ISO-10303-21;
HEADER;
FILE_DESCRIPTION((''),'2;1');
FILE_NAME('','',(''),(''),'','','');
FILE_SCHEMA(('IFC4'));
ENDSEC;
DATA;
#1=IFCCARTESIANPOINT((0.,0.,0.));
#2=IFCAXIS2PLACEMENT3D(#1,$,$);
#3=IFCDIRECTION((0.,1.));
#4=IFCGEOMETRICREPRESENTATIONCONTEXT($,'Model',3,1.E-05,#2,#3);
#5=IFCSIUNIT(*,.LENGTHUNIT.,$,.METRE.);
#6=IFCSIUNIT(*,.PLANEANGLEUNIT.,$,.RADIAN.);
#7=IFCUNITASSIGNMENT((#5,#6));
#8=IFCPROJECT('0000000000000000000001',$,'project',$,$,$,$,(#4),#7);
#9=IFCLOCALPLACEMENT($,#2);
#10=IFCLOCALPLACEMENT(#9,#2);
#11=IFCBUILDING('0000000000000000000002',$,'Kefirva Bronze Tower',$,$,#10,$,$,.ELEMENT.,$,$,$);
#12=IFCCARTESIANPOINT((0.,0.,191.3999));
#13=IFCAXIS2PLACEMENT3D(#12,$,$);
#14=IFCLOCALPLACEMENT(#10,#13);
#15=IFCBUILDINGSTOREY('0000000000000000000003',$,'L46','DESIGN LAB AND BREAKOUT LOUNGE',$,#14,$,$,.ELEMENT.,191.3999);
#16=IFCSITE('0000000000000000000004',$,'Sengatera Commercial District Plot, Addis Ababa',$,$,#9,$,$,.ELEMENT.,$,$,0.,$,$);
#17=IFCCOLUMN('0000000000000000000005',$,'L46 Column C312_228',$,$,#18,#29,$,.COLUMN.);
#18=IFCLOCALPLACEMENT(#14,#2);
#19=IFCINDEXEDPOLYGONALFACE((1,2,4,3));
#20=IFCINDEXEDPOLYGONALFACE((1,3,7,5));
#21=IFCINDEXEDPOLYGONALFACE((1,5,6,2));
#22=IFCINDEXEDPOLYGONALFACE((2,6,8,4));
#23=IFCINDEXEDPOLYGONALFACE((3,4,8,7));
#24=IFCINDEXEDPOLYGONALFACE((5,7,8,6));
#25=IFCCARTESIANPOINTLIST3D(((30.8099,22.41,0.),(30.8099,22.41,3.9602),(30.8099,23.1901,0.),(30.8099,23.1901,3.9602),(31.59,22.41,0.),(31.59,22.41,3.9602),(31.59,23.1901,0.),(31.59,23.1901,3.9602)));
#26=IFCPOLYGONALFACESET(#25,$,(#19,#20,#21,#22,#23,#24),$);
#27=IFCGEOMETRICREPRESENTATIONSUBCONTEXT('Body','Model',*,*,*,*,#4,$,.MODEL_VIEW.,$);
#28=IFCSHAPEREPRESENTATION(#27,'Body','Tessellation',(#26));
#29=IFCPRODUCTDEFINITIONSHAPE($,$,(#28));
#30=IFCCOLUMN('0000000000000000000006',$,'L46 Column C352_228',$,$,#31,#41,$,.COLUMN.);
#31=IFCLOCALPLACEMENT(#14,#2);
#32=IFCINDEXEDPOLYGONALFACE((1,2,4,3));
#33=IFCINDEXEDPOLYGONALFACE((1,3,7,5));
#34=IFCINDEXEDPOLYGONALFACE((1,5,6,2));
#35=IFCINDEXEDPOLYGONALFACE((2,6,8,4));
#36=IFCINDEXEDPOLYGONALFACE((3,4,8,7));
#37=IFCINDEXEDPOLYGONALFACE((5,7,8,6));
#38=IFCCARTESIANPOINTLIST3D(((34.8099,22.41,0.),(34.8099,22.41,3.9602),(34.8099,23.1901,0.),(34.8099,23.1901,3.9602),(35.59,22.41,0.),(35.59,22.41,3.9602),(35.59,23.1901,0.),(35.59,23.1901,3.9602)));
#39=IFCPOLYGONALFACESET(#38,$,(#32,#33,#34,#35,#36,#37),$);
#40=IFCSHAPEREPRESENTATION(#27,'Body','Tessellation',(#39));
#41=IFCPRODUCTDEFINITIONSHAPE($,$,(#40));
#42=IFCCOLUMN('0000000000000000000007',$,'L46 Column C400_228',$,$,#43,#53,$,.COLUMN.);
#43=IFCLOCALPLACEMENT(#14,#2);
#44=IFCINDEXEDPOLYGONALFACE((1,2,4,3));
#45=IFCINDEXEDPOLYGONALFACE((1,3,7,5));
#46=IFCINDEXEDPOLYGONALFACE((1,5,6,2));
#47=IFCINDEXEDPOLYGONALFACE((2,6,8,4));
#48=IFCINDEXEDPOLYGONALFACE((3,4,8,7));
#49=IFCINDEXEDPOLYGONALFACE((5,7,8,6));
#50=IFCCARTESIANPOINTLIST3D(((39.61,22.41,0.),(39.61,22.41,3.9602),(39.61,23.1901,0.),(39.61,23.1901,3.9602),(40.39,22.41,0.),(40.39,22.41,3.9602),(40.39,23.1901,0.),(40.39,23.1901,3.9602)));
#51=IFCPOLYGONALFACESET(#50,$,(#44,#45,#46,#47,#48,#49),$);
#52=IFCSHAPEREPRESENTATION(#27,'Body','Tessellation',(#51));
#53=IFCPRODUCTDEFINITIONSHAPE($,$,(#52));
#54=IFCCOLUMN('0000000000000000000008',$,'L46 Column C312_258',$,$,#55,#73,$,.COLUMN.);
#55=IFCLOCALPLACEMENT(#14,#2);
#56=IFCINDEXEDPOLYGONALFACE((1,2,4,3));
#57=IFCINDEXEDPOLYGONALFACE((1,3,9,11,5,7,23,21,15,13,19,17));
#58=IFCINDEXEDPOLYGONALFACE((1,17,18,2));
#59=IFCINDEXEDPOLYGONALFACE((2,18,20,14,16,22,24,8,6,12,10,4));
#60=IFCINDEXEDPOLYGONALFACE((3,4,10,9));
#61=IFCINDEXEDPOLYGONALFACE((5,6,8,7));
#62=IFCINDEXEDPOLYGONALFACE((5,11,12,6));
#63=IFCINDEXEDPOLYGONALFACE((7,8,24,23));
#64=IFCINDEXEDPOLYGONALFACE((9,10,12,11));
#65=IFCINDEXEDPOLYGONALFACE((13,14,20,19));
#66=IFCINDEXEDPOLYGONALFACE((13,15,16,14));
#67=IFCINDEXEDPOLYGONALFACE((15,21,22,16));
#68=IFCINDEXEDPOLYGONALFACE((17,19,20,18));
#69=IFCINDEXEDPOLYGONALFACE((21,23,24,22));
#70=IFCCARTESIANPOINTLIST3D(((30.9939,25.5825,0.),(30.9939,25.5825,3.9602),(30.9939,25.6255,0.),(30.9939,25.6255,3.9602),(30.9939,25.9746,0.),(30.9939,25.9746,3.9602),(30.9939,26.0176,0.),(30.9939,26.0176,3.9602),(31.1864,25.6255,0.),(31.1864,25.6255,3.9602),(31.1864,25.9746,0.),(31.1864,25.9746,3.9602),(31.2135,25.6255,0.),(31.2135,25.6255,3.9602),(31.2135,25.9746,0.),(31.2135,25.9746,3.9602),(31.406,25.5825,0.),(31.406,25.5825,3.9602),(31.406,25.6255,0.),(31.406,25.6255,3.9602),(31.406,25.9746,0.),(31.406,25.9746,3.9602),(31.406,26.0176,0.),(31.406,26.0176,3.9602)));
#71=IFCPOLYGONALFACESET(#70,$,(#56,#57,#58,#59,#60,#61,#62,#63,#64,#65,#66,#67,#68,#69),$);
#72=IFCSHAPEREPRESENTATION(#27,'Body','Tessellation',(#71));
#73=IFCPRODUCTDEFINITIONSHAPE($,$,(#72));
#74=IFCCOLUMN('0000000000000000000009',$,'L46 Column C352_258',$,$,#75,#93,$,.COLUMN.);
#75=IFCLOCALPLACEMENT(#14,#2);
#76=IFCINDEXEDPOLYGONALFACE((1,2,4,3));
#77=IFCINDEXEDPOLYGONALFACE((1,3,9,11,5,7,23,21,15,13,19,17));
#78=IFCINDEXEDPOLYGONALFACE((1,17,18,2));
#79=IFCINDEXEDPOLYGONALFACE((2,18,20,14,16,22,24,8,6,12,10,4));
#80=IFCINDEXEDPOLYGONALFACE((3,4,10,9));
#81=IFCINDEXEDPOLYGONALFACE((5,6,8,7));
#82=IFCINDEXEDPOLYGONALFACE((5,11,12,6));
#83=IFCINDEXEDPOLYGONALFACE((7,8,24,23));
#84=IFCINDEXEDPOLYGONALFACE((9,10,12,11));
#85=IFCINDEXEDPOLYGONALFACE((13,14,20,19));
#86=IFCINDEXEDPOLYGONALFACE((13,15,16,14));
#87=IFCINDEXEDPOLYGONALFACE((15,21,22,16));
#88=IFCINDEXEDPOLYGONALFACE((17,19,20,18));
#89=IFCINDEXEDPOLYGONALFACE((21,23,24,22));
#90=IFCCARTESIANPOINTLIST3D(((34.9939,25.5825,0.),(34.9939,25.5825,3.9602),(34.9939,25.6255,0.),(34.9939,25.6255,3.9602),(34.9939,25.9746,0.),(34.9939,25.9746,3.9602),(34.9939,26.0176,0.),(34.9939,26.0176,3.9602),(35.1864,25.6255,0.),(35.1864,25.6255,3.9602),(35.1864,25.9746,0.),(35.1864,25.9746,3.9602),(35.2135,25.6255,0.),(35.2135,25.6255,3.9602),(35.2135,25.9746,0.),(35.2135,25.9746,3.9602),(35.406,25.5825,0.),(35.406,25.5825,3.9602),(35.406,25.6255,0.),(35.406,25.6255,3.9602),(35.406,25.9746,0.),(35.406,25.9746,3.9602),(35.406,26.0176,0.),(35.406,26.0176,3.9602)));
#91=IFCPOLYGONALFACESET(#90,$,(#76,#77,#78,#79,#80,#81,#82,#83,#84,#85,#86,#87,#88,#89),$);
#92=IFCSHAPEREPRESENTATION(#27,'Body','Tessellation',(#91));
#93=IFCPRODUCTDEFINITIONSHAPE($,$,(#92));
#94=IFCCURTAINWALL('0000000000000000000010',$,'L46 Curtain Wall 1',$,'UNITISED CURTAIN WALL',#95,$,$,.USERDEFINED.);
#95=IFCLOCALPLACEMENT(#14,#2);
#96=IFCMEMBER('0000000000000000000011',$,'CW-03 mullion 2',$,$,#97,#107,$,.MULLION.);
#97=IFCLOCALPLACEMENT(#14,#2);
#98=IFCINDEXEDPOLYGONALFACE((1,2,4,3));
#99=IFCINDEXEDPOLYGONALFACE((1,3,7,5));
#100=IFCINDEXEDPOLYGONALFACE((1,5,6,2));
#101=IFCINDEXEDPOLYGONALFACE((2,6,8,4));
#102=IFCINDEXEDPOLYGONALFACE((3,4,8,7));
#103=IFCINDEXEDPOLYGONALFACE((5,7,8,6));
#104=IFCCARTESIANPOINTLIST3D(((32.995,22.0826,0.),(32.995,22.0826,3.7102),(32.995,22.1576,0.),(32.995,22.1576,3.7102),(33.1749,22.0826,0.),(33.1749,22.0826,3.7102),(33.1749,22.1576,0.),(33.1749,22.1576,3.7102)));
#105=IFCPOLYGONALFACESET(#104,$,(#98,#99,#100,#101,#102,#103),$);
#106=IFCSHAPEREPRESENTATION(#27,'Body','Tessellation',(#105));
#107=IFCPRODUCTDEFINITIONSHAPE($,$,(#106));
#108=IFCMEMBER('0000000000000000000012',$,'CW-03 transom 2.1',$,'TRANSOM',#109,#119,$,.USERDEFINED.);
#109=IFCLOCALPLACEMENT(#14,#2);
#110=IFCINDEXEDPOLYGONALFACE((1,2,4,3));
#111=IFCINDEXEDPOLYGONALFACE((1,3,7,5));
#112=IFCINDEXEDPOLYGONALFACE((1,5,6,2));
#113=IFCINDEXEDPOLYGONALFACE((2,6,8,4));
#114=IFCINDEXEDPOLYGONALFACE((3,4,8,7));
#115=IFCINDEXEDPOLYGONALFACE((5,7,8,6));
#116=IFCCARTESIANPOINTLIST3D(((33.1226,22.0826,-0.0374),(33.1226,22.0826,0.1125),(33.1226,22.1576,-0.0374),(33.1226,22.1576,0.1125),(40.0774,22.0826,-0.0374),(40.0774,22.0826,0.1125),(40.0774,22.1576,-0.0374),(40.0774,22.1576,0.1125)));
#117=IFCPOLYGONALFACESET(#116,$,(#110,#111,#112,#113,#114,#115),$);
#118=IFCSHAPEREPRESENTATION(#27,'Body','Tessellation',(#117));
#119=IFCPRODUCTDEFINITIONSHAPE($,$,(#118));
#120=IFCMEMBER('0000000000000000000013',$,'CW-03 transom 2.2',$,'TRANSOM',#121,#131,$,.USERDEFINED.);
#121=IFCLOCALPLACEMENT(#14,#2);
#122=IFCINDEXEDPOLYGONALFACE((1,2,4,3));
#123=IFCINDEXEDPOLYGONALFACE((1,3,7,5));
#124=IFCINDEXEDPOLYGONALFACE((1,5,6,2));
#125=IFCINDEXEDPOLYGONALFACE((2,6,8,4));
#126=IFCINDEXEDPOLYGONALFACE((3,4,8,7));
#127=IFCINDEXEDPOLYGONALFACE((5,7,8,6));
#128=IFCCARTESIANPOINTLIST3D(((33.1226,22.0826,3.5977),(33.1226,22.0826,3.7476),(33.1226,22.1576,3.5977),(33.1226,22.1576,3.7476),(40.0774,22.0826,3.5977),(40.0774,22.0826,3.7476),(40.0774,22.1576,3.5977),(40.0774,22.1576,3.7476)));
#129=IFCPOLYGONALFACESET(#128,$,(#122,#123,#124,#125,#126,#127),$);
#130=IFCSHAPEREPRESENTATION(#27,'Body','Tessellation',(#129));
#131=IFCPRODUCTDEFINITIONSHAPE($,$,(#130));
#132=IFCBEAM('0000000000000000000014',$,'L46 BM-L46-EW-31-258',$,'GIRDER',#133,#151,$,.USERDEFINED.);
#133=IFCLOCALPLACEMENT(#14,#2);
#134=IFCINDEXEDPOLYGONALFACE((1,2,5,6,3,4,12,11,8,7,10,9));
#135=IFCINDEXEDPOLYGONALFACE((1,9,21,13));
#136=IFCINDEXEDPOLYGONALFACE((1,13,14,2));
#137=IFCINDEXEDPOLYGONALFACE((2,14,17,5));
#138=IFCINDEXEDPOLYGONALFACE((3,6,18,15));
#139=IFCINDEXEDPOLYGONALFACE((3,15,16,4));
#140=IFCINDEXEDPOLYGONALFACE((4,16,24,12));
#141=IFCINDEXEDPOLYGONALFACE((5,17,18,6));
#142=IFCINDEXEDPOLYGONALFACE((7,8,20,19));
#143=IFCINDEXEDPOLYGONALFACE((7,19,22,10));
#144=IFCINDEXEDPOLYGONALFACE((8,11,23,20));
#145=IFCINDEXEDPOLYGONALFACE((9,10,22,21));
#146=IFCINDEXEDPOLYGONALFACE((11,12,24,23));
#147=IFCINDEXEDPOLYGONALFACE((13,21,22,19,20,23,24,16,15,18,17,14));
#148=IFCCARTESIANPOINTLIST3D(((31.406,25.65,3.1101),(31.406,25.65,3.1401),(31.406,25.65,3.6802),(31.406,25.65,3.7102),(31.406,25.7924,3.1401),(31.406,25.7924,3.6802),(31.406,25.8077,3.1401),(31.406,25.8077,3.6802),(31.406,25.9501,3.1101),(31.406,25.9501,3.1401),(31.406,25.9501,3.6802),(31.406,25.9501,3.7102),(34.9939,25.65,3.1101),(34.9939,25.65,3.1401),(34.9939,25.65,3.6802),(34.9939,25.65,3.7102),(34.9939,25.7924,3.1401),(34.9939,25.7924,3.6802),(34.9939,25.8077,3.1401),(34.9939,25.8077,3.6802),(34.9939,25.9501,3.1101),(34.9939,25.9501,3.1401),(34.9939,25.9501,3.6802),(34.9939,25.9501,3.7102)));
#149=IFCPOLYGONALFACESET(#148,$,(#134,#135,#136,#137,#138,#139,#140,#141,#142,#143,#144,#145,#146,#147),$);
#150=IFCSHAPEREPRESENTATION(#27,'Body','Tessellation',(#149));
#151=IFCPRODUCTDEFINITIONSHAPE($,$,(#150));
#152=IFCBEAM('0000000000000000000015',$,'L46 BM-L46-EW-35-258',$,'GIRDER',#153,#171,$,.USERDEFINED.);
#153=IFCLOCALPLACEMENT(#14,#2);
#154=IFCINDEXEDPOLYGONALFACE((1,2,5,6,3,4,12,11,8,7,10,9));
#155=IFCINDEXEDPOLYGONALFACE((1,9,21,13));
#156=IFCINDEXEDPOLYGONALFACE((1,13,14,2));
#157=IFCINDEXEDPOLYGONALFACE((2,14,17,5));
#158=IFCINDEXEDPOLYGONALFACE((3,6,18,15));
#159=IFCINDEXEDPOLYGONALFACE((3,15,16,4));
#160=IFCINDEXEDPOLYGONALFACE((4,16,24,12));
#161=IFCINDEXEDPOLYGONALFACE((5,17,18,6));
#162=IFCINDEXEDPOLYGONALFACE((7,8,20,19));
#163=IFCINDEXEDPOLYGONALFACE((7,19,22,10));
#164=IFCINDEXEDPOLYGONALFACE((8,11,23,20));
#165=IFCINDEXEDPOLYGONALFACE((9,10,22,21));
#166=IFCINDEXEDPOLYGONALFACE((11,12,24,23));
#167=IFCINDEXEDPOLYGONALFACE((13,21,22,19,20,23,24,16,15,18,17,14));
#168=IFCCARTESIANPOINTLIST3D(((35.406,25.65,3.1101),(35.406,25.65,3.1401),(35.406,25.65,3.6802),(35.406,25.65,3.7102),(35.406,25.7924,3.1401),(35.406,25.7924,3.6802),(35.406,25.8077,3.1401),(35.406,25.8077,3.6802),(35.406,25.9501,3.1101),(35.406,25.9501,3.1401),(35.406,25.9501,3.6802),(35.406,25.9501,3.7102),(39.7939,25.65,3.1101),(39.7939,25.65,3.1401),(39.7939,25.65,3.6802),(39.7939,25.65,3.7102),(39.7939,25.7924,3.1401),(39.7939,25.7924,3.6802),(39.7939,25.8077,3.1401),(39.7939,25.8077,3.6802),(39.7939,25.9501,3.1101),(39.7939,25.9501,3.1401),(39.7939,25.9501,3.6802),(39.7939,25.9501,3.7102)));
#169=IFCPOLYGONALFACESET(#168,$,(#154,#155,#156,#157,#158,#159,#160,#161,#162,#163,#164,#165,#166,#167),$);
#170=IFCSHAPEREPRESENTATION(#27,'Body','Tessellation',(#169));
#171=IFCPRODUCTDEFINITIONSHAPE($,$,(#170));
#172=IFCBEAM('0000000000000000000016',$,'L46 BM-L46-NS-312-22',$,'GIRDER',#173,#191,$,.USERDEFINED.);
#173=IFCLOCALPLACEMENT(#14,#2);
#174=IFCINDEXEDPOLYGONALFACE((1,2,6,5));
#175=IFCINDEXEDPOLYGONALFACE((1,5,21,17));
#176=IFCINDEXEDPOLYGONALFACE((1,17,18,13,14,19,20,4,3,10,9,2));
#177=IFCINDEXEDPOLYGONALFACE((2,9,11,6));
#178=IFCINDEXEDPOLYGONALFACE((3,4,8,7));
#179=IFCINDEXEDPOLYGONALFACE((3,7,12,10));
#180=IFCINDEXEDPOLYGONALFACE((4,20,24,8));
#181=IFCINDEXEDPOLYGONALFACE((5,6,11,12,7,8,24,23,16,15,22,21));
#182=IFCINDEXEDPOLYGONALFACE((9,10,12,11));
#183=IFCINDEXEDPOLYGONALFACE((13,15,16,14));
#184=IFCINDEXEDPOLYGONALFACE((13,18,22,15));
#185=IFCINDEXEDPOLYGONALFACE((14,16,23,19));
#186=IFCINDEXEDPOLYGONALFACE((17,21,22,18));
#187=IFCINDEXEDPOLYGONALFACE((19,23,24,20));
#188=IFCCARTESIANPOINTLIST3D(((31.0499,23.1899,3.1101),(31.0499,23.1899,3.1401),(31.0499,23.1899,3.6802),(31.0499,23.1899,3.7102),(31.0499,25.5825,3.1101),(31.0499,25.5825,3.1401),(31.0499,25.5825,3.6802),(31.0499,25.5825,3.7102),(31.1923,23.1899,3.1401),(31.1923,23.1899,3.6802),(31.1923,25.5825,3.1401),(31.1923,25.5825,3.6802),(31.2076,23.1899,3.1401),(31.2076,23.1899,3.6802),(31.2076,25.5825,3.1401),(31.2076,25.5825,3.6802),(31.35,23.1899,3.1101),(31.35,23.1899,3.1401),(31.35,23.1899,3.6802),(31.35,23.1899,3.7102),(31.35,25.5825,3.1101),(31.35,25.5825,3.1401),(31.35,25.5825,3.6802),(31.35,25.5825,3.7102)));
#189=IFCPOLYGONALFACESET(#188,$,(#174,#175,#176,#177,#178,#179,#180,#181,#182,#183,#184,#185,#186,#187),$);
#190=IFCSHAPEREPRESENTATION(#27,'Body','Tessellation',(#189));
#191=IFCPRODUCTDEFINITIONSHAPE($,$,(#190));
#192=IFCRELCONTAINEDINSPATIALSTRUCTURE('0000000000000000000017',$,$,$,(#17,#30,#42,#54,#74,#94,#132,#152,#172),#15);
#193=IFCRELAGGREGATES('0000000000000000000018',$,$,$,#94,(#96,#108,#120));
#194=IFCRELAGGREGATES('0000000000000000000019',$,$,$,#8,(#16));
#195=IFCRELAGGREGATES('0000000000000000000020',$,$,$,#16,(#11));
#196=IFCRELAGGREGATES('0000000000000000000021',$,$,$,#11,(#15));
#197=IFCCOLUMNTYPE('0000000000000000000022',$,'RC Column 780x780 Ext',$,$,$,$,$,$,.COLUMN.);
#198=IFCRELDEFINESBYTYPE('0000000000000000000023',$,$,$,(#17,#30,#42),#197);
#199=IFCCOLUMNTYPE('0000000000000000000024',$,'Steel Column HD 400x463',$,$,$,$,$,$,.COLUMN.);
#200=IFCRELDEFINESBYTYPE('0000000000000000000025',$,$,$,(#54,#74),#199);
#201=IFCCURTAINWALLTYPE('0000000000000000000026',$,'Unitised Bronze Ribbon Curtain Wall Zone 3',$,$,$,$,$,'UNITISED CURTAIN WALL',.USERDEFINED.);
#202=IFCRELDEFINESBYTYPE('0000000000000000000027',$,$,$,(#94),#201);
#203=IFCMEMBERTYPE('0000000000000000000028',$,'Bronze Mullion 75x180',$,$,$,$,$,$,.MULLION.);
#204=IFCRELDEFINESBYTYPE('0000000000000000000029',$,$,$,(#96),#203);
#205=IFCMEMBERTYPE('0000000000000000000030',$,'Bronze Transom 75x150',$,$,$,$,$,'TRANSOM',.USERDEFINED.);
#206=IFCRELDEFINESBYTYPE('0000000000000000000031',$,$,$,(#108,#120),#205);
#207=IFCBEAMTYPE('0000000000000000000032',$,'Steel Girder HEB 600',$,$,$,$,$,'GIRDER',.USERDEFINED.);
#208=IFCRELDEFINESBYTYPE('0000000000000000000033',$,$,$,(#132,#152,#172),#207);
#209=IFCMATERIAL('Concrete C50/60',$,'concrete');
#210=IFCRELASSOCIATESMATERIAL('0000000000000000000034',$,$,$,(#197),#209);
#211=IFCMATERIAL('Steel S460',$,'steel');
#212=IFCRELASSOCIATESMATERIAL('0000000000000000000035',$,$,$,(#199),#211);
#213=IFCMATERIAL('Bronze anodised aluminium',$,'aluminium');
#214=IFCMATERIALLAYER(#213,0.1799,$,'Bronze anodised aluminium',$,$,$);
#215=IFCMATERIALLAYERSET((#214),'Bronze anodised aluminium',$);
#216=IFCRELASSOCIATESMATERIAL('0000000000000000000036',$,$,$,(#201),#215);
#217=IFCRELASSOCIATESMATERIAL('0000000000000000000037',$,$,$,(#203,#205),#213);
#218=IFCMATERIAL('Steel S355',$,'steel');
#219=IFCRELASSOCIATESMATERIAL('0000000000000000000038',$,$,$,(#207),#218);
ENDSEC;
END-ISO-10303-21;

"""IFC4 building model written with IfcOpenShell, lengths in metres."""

from ifc_helpers import new_model, si_unit, direction, frame, origin, origin_2d, place, context, subcontext, project, spatial, rectangle, i_section, extrude, material, layer, layer_set, material_profile, profile_set, type_object, element, aggregate, save


model = new_model("IFC4")

# Units and contexts
model_context = context("Model", 3, precision=1e-05, world=origin(), true_north=direction((0.0, 1.0)))
body_context = subcontext(model_context, "Body", "Model", "MODEL_VIEW")
ifc_project = project(units=[si_unit("LENGTHUNIT", "METRE"), si_unit("PLANEANGLEUNIT", "RADIAN")], contexts=[model_context])

# Site, building, storey
site_placement = place(None, origin())
site = spatial("IfcSite", under=ifc_project, at=site_placement, Name="Sengatera Commercial District Plot, Addis Ababa", CompositionType="ELEMENT", RefElevation=0.0)
building_placement = place(site_placement, origin())
building = spatial("IfcBuilding", under=site, at=building_placement, Name="Kefirva Bronze Tower", CompositionType="ELEMENT")
storey_placement = place(building_placement, frame((0.0, 0.0, 191.3999)))
storey = spatial("IfcBuildingStorey", under=building, at=storey_placement, Name="L46", Description="DESIGN LAB AND BREAKOUT LOUNGE", CompositionType="ELEMENT", Elevation=191.3999)

# Columns
ifc_material_1 = material(Name="Concrete C50/60", Category="concrete")
ifc_material_profile_1 = material_profile(ifc_material_1, rectangle(XDim=0.78, YDim=0.78, at=origin_2d()), Name="RC 780x780")
ifc_profile_set_1 = profile_set([ifc_material_profile_1], Name="Concrete C50/60")
column_type_1 = type_object("IfcColumnType", Name="RC Column 780x780 Ext", PredefinedType="COLUMN", material=ifc_profile_set_1)
for number, where, z_axis, x_axis, name in (
    (1, (31.2, 22.8, 0.0), (0.0, 0.0, 1.0), (1.0, 0.0, 0.0), "L46 Column C312_228"),
    (2, (35.2, 22.8, 0.0), (0.0, 0.0, 1.0), (1.0, 0.0, 0.0), "L46 Column C352_228"),
    (3, (40.0, 22.8, 0.0), (0.0, 0.0, 1.0), (1.0, 0.0, 0.0), "L46 Column C400_228"),
):
    element("IfcColumn", number, at=place(storey_placement, frame(where, z_axis=z_axis, x_axis=x_axis)), inside=storey, type_object=column_type_1, Name=name, PredefinedType="COLUMN", context=body_context, shape_type="SweptSolid", body=[
        extrude(rectangle(XDim=0.78, YDim=0.78, at=origin_2d()), origin(), (0.0, 0.0, 1.0), 3.9602),
    ])
ifc_material_2 = material(Name="Steel S460", Category="steel")
ifc_material_profile_2 = material_profile(ifc_material_2, i_section(OverallWidth=0.4121, OverallDepth=0.4351, WebThickness=0.0271, FlangeThickness=0.043, at=origin_2d()), Name="HD 400x463")
ifc_profile_set_2 = profile_set([ifc_material_profile_2], Name="Steel S460")
column_type_2 = type_object("IfcColumnType", Name="Steel Column HD 400x463", PredefinedType="COLUMN", material=ifc_profile_set_2)
for number, where, z_axis, x_axis, name in (
    (4, (31.2, 25.8, 0.0), (0.0, 0.0, 1.0), (1.0, 0.0, 0.0), "L46 Column C312_258"),
    (5, (35.2, 25.8, 0.0), (0.0, 0.0, 1.0), (1.0, 0.0, 0.0), "L46 Column C352_258"),
):
    element("IfcColumn", number, at=place(storey_placement, frame(where, z_axis=z_axis, x_axis=x_axis)), inside=storey, type_object=column_type_2, Name=name, PredefinedType="COLUMN", context=body_context, shape_type="SweptSolid", body=[
        extrude(i_section(OverallWidth=0.4121, OverallDepth=0.4351, WebThickness=0.0271, FlangeThickness=0.043, at=origin_2d()), origin(), (0.0, 0.0, 1.0), 3.9602),
    ])

# Curtain wall, members
ifc_material_3 = material(Name="Bronze anodised aluminium", Category="aluminium")
ifc_layer_1 = layer(ifc_material_3, 0.1799, Name="Bronze anodised aluminium")
ifc_layer_set_1 = layer_set([ifc_layer_1], Name="Bronze anodised aluminium")
curtain_wall_type = type_object("IfcCurtainWallType", Name="Unitised Bronze Ribbon Curtain Wall Zone 3", ElementType="UNITISED CURTAIN WALL", PredefinedType="USERDEFINED", material=ifc_layer_set_1)
curtain_wall_placement = place(storey_placement, origin())
curtain_wall = element("IfcCurtainWall", 6, at=curtain_wall_placement, inside=storey, type_object=curtain_wall_type, Name="L46 Curtain Wall 1", ObjectType="UNITISED CURTAIN WALL", PredefinedType="USERDEFINED")
ifc_material_profile_3 = material_profile(ifc_material_3, rectangle(XDim=0.075, YDim=0.1799, at=origin_2d()), Name="ALU 75x180")
ifc_profile_set_3 = profile_set([ifc_material_profile_3], Name="Bronze anodised aluminium")
member_type_1 = type_object("IfcMemberType", Name="Bronze Mullion 75x180", PredefinedType="MULLION", material=ifc_profile_set_3)
member_1_placement = place(storey_placement, frame((33.085, 22.1201, 0.0), z_axis=(0.0, 0.0, 1.0), x_axis=(0.0, 1.0, 0.0)))
member_1 = element("IfcMember", 7, at=member_1_placement, type_object=member_type_1, Name="CW-03 mullion 2", PredefinedType="MULLION", context=body_context, shape_type="SweptSolid", body=[
    extrude(rectangle(XDim=0.075, YDim=0.1799, at=origin_2d()), origin(), (0.0, 0.0, 1.0), 3.7102),
])
ifc_material_profile_4 = material_profile(ifc_material_3, rectangle(XDim=0.075, YDim=0.1499, at=origin_2d()), Name="ALU 75x150")
ifc_profile_set_4 = profile_set([ifc_material_profile_4], Name="Bronze anodised aluminium")
member_type_2 = type_object("IfcMemberType", Name="Bronze Transom 75x150", ElementType="TRANSOM", PredefinedType="USERDEFINED", material=ifc_profile_set_4)
member_2_placement = place(storey_placement, frame((33.1226, 22.1201, 0.0376), z_axis=(1.0, 0.0, 0.0), x_axis=(0.0, 1.0, 0.0)))
member_2 = element("IfcMember", 8, at=member_2_placement, type_object=member_type_2, Name="CW-03 transom 2.1", ObjectType="TRANSOM", PredefinedType="USERDEFINED", context=body_context, shape_type="SweptSolid", body=[
    extrude(rectangle(XDim=0.075, YDim=0.1499, at=origin_2d()), origin(), (0.0, 0.0, 1.0), 6.9548),
])
member_3_placement = place(storey_placement, frame((33.1226, 22.1201, 3.6726), z_axis=(1.0, 0.0, 0.0), x_axis=(0.0, 1.0, 0.0)))
member_3 = element("IfcMember", 9, at=member_3_placement, type_object=member_type_2, Name="CW-03 transom 2.2", ObjectType="TRANSOM", PredefinedType="USERDEFINED", context=body_context, shape_type="SweptSolid", body=[
    extrude(rectangle(XDim=0.075, YDim=0.1499, at=origin_2d()), origin(), (0.0, 0.0, 1.0), 6.9548),
])

# Beams
ifc_material_4 = material(Name="Steel S355", Category="steel")
ifc_material_profile_5 = material_profile(ifc_material_4, i_section(OverallWidth=0.3, OverallDepth=0.6001, WebThickness=0.0154, FlangeThickness=0.03, at=origin_2d()), Name="HEB 600")
ifc_profile_set_5 = profile_set([ifc_material_profile_5], Name="Steel S355")
beam_type_1 = type_object("IfcBeamType", Name="Steel Girder HEB 600", ElementType="GIRDER", PredefinedType="USERDEFINED", material=ifc_profile_set_5)
beam_1_placement = place(storey_placement, frame((31.406, 25.8, 3.4102), z_axis=(1.0, 0.0, 0.0), x_axis=(0.0, 1.0, 0.0)))
element("IfcBeam", 10, at=beam_1_placement, inside=storey, type_object=beam_type_1, Name="L46 BM-L46-EW-31-258", ObjectType="GIRDER", PredefinedType="USERDEFINED", context=body_context, shape_type="SweptSolid", body=[
    extrude(i_section(OverallWidth=0.3, OverallDepth=0.6001, WebThickness=0.0154, FlangeThickness=0.03, at=origin_2d()), origin(), (0.0, 0.0, 1.0), 3.5879),
])
beam_2_placement = place(storey_placement, frame((35.406, 25.8, 3.4102), z_axis=(1.0, 0.0, 0.0), x_axis=(0.0, 1.0, 0.0)))
element("IfcBeam", 11, at=beam_2_placement, inside=storey, type_object=beam_type_1, Name="L46 BM-L46-EW-35-258", ObjectType="GIRDER", PredefinedType="USERDEFINED", context=body_context, shape_type="SweptSolid", body=[
    extrude(i_section(OverallWidth=0.3, OverallDepth=0.6001, WebThickness=0.0154, FlangeThickness=0.03, at=origin_2d()), origin(), (0.0, 0.0, 1.0), 4.3879),
])
beam_3_placement = place(storey_placement, frame((31.2, 23.1899, 3.4102), z_axis=(0.0, 1.0, 0.0), x_axis=(-1.0, 0.0, 0.0)))
element("IfcBeam", 12, at=beam_3_placement, inside=storey, type_object=beam_type_1, Name="L46 BM-L46-NS-312-22", ObjectType="GIRDER", PredefinedType="USERDEFINED", context=body_context, shape_type="SweptSolid", body=[
    extrude(i_section(OverallWidth=0.3, OverallDepth=0.6001, WebThickness=0.0154, FlangeThickness=0.03, at=origin_2d()), origin(), (0.0, 0.0, 1.0), 2.3926),
])

aggregate(curtain_wall, [member_1, member_2, member_3])

save(model, "model.ifc")
